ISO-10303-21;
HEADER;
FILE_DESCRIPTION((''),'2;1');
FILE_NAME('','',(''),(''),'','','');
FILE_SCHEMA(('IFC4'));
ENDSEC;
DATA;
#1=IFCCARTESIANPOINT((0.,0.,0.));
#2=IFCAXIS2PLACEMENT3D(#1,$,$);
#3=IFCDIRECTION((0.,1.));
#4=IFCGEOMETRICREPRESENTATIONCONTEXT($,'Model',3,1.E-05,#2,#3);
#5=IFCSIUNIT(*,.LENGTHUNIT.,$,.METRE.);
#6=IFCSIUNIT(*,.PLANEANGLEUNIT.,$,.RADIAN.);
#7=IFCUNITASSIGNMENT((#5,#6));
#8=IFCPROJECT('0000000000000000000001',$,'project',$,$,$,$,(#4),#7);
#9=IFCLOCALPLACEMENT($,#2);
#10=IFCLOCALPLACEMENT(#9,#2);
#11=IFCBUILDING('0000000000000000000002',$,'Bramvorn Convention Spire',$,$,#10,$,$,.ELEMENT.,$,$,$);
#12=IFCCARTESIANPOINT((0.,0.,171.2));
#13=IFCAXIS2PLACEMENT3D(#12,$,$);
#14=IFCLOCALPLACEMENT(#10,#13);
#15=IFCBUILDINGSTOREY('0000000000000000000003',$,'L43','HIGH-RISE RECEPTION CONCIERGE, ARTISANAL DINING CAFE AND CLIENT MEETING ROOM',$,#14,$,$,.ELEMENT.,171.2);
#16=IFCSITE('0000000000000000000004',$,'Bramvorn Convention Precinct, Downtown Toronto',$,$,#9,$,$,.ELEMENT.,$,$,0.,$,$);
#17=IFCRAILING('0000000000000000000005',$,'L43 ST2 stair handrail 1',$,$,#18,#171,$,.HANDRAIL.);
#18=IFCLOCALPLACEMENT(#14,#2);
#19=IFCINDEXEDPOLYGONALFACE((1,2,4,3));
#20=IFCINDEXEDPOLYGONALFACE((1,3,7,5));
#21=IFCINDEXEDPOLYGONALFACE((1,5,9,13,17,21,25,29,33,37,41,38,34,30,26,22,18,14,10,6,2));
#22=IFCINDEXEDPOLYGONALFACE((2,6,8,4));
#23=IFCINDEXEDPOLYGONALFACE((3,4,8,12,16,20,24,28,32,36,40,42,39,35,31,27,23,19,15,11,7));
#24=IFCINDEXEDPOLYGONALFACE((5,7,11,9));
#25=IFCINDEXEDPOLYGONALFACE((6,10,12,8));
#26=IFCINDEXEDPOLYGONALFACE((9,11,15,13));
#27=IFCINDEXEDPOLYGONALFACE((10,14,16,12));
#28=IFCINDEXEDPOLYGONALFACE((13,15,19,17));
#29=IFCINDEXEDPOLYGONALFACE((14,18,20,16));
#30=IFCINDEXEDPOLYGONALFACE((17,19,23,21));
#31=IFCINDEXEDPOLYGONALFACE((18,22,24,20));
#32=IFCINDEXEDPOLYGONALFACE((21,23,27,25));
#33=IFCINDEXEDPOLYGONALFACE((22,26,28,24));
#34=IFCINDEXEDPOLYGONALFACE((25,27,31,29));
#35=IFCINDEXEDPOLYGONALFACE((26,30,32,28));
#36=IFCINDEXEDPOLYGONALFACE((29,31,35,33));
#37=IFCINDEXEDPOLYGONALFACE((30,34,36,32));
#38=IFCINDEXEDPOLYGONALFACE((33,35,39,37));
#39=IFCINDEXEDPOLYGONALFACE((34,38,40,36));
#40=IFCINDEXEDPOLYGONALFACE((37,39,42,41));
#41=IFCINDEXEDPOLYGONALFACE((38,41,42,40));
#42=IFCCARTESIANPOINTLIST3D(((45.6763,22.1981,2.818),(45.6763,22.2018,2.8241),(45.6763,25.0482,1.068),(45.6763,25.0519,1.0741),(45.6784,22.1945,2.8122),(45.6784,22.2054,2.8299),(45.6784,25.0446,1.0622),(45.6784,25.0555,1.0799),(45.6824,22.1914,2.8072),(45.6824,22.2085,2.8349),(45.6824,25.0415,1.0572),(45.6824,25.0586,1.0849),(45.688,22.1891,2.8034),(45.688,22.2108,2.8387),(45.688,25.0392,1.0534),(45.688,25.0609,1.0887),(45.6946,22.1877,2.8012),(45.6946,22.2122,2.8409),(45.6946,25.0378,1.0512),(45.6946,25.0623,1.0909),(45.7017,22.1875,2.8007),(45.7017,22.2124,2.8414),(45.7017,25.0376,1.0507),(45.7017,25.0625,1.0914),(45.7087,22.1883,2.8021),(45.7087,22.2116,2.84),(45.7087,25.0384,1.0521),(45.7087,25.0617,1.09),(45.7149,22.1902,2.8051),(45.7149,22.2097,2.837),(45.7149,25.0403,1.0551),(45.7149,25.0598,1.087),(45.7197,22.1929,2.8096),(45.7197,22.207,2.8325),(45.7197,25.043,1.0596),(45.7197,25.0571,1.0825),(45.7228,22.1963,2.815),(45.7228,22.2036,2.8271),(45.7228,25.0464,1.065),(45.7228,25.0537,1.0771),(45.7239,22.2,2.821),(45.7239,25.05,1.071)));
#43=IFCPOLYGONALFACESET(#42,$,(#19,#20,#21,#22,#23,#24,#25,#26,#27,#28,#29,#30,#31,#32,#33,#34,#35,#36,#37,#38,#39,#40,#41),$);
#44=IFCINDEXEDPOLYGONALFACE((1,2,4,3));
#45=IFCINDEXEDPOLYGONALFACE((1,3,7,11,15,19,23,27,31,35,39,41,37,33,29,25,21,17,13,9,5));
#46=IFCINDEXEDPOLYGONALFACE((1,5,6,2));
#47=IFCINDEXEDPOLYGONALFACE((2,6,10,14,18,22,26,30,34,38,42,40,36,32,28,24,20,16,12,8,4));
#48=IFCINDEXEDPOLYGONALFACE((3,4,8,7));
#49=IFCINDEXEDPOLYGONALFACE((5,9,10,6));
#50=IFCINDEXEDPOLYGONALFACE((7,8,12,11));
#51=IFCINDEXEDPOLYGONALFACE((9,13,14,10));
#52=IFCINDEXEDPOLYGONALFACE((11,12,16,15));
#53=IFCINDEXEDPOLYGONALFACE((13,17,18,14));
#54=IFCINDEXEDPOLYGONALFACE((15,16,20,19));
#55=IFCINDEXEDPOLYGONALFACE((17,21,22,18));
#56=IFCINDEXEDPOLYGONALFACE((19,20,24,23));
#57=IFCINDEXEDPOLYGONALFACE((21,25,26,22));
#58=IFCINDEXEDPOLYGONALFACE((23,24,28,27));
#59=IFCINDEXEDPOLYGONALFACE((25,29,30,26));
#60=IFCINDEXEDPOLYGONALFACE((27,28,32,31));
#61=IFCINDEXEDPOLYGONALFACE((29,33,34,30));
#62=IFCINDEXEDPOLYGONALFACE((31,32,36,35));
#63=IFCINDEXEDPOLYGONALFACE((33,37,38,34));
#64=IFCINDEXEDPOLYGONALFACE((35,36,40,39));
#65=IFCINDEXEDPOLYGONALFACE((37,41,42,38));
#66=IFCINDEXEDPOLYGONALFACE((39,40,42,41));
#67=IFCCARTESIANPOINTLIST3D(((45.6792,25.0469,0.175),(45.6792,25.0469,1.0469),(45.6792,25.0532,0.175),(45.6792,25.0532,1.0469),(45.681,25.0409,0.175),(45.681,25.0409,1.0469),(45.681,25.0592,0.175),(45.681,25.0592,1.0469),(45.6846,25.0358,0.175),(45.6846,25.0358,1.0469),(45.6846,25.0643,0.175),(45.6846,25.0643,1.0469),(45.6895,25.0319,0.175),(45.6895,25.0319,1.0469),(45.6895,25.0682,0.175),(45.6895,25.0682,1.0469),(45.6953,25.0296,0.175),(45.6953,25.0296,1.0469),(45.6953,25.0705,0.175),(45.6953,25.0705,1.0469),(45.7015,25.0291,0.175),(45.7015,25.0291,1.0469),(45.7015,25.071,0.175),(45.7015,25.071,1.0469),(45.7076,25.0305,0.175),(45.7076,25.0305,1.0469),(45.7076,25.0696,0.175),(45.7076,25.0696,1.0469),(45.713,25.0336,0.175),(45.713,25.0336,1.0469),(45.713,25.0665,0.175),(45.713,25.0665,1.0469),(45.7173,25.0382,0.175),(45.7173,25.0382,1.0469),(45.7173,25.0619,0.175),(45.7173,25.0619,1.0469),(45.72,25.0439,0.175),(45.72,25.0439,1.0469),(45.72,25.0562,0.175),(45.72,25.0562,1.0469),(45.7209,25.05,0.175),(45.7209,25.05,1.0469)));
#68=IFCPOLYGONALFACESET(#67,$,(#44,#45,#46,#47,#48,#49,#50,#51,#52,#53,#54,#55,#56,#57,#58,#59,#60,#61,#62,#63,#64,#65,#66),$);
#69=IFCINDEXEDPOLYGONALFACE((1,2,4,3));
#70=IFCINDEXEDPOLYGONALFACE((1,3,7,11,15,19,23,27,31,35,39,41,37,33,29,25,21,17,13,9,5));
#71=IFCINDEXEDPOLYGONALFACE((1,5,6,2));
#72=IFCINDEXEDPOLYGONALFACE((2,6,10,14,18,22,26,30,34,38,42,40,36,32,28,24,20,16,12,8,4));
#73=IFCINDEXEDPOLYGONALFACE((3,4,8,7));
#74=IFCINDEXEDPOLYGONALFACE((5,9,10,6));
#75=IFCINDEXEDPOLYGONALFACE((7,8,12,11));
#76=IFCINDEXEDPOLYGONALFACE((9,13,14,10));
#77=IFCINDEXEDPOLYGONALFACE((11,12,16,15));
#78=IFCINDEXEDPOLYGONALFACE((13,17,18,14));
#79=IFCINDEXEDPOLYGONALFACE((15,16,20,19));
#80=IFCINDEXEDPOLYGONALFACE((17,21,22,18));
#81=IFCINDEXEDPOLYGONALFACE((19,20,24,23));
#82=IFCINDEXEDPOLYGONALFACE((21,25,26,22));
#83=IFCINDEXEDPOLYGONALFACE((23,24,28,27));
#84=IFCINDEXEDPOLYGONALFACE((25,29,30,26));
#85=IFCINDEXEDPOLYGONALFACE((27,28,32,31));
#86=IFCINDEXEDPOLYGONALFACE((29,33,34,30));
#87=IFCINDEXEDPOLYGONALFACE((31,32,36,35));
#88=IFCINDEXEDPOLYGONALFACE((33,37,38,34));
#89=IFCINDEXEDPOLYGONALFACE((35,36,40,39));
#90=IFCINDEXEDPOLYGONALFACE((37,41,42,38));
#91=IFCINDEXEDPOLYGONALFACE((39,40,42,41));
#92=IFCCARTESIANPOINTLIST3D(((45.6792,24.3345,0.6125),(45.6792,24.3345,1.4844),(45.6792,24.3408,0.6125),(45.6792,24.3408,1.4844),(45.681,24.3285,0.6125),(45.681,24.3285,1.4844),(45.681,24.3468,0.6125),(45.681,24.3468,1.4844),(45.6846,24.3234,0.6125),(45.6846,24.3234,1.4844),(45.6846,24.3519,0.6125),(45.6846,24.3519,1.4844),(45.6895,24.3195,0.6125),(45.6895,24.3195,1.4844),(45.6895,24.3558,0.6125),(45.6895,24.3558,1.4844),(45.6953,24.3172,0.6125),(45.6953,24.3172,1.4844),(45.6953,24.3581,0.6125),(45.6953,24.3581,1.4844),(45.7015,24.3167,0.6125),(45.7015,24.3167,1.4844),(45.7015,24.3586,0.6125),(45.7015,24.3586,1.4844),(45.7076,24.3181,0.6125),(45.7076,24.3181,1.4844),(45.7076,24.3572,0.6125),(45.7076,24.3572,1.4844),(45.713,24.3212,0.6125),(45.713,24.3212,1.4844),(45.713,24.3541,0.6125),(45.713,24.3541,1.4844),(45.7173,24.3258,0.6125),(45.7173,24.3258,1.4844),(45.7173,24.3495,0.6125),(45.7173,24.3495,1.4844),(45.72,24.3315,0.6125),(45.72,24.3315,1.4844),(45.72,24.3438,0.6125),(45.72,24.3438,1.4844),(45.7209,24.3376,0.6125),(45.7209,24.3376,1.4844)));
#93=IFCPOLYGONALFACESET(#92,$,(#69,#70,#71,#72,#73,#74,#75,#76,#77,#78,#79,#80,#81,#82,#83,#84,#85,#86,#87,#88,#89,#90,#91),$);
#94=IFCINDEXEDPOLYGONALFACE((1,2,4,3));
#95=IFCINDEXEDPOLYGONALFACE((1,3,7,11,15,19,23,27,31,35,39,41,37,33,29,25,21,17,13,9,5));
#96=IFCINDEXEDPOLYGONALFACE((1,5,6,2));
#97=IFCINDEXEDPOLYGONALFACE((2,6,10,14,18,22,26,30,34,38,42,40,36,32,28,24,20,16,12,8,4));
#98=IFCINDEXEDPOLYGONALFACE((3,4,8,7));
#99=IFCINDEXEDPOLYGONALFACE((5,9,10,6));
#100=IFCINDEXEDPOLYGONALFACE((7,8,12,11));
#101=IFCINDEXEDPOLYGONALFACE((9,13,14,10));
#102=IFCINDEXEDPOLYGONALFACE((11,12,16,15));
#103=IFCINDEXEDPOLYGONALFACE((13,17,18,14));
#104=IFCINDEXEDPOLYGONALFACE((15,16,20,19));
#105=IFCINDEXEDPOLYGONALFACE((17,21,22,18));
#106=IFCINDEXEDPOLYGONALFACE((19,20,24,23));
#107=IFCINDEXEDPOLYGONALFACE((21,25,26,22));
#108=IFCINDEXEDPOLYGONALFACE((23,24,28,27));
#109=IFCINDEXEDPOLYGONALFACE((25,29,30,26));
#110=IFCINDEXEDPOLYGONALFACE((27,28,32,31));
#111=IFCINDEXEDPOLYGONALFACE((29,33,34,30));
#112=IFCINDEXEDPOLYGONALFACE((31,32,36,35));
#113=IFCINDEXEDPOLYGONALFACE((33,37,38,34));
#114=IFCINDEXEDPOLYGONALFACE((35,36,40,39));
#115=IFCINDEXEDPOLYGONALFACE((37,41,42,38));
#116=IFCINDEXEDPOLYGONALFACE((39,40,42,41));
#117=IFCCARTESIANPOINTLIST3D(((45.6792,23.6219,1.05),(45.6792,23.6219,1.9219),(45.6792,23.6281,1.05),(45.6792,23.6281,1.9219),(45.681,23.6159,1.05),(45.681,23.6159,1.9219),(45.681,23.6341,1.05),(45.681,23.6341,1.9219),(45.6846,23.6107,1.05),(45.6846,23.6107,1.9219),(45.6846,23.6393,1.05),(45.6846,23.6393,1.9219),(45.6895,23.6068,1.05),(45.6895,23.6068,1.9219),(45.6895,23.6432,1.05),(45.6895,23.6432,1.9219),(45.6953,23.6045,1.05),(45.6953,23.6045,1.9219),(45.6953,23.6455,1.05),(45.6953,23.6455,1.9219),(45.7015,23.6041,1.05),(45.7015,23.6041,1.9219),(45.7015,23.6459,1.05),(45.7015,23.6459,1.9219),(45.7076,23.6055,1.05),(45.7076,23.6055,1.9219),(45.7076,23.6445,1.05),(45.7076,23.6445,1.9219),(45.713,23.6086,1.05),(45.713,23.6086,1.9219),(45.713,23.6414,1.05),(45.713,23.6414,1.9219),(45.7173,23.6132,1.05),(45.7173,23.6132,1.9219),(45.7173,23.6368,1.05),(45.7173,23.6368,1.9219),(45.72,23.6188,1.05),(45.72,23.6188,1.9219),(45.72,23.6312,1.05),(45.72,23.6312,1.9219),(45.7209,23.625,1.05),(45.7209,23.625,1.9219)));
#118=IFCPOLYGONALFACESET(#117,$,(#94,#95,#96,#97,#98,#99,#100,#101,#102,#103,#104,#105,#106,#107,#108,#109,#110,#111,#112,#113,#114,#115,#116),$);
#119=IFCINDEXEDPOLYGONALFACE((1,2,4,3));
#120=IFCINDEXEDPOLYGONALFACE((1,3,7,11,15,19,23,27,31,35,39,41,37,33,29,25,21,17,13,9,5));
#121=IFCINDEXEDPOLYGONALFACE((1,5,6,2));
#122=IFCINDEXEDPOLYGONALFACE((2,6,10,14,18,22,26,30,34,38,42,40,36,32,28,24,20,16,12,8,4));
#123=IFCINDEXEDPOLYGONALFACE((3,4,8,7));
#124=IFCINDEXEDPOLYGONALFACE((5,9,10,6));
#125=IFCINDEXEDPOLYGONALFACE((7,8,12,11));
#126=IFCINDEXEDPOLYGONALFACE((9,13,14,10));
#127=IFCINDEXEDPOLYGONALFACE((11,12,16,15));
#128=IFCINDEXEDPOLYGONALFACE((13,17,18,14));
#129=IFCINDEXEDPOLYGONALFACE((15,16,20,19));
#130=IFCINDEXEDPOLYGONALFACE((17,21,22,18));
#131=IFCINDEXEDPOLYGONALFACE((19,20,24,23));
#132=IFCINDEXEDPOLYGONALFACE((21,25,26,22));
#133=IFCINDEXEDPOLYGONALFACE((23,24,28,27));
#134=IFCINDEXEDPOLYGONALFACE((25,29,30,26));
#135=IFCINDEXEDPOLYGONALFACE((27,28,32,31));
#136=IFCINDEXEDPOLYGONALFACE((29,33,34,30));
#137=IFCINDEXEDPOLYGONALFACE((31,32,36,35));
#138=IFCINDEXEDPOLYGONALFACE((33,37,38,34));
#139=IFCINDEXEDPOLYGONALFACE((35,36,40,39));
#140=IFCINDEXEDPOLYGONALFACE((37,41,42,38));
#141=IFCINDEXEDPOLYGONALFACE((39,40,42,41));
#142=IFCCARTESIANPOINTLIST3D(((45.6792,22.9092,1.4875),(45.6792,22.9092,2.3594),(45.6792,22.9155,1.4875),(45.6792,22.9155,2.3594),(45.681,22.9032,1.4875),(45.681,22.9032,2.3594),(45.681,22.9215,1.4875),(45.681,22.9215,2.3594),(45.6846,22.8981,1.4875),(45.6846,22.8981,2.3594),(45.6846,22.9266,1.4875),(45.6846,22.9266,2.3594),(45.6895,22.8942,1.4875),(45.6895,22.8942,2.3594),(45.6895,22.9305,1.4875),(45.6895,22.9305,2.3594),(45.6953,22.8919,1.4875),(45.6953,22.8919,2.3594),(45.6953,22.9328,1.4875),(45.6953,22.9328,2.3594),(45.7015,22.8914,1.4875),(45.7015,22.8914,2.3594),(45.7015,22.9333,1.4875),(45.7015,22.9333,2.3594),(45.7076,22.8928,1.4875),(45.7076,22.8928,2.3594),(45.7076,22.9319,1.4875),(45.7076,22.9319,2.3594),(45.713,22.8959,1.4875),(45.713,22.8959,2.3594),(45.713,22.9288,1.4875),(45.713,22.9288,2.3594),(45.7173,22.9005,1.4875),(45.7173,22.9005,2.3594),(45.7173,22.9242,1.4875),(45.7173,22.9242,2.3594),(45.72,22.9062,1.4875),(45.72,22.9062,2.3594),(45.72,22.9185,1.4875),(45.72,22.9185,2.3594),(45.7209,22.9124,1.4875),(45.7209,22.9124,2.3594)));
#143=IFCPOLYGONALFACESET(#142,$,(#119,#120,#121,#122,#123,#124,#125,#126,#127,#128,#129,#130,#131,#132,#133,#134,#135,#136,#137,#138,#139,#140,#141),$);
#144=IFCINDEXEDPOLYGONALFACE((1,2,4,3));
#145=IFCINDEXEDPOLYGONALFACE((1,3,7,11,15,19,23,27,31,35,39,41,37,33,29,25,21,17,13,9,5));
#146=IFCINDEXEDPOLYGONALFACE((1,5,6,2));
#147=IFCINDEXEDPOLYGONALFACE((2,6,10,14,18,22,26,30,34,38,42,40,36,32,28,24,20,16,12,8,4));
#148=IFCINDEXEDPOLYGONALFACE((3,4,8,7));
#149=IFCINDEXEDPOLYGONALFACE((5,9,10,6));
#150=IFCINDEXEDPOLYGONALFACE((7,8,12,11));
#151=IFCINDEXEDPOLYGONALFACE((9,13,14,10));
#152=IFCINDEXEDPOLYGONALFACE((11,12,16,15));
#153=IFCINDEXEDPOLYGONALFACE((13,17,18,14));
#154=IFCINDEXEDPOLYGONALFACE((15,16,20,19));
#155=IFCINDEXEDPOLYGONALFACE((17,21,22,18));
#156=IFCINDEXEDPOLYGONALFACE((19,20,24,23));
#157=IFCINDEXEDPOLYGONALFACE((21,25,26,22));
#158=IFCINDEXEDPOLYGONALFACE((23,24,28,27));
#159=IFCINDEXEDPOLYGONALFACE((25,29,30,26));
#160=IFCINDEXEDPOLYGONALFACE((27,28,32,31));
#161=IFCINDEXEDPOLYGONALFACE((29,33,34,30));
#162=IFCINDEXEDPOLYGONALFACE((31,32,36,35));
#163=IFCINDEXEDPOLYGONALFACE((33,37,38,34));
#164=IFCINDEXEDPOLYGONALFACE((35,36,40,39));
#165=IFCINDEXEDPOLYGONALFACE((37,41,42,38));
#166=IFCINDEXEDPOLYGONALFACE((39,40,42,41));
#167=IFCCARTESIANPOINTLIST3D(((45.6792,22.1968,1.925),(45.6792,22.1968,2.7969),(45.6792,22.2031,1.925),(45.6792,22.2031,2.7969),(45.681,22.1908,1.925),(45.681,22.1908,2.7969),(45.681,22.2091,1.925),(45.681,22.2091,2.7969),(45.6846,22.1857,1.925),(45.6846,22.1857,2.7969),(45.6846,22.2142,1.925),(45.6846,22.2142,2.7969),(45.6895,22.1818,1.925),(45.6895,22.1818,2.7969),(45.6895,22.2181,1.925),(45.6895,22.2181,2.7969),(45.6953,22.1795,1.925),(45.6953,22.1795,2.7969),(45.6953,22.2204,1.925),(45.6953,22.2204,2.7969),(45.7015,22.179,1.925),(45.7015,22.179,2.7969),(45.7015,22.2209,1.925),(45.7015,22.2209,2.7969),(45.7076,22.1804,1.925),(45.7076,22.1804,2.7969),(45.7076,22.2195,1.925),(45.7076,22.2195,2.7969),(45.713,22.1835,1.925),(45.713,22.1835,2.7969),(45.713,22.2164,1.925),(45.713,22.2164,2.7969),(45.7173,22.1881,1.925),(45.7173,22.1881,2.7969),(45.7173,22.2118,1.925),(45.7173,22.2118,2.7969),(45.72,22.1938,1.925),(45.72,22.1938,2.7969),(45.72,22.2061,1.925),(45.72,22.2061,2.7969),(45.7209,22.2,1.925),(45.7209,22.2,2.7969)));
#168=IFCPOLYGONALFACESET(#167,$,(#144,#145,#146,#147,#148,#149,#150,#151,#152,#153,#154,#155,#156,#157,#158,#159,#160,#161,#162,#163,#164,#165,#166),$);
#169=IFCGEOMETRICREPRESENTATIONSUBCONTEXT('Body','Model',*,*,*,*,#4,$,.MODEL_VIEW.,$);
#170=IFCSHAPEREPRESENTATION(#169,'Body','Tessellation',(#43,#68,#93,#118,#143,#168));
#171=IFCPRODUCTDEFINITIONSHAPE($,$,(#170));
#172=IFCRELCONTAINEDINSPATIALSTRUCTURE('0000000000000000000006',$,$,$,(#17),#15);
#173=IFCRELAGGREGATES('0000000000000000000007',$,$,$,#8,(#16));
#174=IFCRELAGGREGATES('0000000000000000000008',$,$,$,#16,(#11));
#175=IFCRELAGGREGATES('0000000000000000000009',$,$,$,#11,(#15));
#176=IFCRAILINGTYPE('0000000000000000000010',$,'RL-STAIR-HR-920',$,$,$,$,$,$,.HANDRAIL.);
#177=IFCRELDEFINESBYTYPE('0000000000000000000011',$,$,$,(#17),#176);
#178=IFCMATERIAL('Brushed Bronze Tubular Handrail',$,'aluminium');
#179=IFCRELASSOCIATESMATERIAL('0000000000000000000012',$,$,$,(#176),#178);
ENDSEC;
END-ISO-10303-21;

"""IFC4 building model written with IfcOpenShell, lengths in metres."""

from ifc_helpers import new_model, si_unit, direction, frame, origin, origin_2d, place, context, subcontext, project, spatial, circle, extrude, material, type_object, element, save


model = new_model("IFC4")

# Units and contexts
model_context = context("Model", 3, precision=1e-05, world=origin(), true_north=direction((0.0, 1.0)))
body_context = subcontext(model_context, "Body", "Model", "MODEL_VIEW")
ifc_project = project(units=[si_unit("LENGTHUNIT", "METRE"), si_unit("PLANEANGLEUNIT", "RADIAN")], contexts=[model_context])

# Site, building, storey
site_placement = place(None, origin())
site = spatial("IfcSite", under=ifc_project, at=site_placement, Name="Bramvorn Convention Precinct, Downtown Toronto", CompositionType="ELEMENT", RefElevation=0.0)
building_placement = place(site_placement, origin())
building = spatial("IfcBuilding", under=site, at=building_placement, Name="Bramvorn Convention Spire", CompositionType="ELEMENT")
storey_placement = place(building_placement, frame((0.0, 0.0, 171.2)))
storey = spatial("IfcBuildingStorey", under=building, at=storey_placement, Name="L43", Description="HIGH-RISE RECEPTION CONCIERGE, ARTISANAL DINING CAFE AND CLIENT MEETING ROOM", CompositionType="ELEMENT", Elevation=171.2)

# Railing
ifc_material_1 = material(Name="Brushed Bronze Tubular Handrail", Category="aluminium")
railing_type_1 = type_object("IfcRailingType", Name="RL-STAIR-HR-920", PredefinedType="HANDRAIL", material=ifc_material_1)
railing_1_placement = place(storey_placement, frame((45.7, 25.05, 0.175)))
element("IfcRailing", 1, at=railing_1_placement, inside=storey, type_object=railing_type_1, Name="L43 ST2 stair handrail 1", PredefinedType="HANDRAIL", context=body_context, shape_type="SweptSolid", body=[
    extrude(circle(Radius=0.0239, at=origin_2d()), frame((0.0, 0.0, 0.896), z_axis=(0.0, -0.852179, 0.52325), x_axis=(1.0, 0.0, 0.0)), (0.0, 0.0, 1.0), 3.3445),
    extrude(circle(Radius=0.021, at=origin_2d()), origin(), (0.0, 0.0, 1.0), 0.8718),
    extrude(circle(Radius=0.021, at=origin_2d()), frame((0.0, -0.7124, 0.4375)), (0.0, 0.0, 1.0), 0.8718),
    extrude(circle(Radius=0.021, at=origin_2d()), frame((0.0, -1.425, 0.875)), (0.0, 0.0, 1.0), 0.8718),
    extrude(circle(Radius=0.021, at=origin_2d()), frame((0.0, -2.1377, 1.3125)), (0.0, 0.0, 1.0), 0.8718),
    extrude(circle(Radius=0.021, at=origin_2d()), frame((0.0, -2.8501, 1.75)), (0.0, 0.0, 1.0), 0.8718),
])

save(model, "model.ifc")
